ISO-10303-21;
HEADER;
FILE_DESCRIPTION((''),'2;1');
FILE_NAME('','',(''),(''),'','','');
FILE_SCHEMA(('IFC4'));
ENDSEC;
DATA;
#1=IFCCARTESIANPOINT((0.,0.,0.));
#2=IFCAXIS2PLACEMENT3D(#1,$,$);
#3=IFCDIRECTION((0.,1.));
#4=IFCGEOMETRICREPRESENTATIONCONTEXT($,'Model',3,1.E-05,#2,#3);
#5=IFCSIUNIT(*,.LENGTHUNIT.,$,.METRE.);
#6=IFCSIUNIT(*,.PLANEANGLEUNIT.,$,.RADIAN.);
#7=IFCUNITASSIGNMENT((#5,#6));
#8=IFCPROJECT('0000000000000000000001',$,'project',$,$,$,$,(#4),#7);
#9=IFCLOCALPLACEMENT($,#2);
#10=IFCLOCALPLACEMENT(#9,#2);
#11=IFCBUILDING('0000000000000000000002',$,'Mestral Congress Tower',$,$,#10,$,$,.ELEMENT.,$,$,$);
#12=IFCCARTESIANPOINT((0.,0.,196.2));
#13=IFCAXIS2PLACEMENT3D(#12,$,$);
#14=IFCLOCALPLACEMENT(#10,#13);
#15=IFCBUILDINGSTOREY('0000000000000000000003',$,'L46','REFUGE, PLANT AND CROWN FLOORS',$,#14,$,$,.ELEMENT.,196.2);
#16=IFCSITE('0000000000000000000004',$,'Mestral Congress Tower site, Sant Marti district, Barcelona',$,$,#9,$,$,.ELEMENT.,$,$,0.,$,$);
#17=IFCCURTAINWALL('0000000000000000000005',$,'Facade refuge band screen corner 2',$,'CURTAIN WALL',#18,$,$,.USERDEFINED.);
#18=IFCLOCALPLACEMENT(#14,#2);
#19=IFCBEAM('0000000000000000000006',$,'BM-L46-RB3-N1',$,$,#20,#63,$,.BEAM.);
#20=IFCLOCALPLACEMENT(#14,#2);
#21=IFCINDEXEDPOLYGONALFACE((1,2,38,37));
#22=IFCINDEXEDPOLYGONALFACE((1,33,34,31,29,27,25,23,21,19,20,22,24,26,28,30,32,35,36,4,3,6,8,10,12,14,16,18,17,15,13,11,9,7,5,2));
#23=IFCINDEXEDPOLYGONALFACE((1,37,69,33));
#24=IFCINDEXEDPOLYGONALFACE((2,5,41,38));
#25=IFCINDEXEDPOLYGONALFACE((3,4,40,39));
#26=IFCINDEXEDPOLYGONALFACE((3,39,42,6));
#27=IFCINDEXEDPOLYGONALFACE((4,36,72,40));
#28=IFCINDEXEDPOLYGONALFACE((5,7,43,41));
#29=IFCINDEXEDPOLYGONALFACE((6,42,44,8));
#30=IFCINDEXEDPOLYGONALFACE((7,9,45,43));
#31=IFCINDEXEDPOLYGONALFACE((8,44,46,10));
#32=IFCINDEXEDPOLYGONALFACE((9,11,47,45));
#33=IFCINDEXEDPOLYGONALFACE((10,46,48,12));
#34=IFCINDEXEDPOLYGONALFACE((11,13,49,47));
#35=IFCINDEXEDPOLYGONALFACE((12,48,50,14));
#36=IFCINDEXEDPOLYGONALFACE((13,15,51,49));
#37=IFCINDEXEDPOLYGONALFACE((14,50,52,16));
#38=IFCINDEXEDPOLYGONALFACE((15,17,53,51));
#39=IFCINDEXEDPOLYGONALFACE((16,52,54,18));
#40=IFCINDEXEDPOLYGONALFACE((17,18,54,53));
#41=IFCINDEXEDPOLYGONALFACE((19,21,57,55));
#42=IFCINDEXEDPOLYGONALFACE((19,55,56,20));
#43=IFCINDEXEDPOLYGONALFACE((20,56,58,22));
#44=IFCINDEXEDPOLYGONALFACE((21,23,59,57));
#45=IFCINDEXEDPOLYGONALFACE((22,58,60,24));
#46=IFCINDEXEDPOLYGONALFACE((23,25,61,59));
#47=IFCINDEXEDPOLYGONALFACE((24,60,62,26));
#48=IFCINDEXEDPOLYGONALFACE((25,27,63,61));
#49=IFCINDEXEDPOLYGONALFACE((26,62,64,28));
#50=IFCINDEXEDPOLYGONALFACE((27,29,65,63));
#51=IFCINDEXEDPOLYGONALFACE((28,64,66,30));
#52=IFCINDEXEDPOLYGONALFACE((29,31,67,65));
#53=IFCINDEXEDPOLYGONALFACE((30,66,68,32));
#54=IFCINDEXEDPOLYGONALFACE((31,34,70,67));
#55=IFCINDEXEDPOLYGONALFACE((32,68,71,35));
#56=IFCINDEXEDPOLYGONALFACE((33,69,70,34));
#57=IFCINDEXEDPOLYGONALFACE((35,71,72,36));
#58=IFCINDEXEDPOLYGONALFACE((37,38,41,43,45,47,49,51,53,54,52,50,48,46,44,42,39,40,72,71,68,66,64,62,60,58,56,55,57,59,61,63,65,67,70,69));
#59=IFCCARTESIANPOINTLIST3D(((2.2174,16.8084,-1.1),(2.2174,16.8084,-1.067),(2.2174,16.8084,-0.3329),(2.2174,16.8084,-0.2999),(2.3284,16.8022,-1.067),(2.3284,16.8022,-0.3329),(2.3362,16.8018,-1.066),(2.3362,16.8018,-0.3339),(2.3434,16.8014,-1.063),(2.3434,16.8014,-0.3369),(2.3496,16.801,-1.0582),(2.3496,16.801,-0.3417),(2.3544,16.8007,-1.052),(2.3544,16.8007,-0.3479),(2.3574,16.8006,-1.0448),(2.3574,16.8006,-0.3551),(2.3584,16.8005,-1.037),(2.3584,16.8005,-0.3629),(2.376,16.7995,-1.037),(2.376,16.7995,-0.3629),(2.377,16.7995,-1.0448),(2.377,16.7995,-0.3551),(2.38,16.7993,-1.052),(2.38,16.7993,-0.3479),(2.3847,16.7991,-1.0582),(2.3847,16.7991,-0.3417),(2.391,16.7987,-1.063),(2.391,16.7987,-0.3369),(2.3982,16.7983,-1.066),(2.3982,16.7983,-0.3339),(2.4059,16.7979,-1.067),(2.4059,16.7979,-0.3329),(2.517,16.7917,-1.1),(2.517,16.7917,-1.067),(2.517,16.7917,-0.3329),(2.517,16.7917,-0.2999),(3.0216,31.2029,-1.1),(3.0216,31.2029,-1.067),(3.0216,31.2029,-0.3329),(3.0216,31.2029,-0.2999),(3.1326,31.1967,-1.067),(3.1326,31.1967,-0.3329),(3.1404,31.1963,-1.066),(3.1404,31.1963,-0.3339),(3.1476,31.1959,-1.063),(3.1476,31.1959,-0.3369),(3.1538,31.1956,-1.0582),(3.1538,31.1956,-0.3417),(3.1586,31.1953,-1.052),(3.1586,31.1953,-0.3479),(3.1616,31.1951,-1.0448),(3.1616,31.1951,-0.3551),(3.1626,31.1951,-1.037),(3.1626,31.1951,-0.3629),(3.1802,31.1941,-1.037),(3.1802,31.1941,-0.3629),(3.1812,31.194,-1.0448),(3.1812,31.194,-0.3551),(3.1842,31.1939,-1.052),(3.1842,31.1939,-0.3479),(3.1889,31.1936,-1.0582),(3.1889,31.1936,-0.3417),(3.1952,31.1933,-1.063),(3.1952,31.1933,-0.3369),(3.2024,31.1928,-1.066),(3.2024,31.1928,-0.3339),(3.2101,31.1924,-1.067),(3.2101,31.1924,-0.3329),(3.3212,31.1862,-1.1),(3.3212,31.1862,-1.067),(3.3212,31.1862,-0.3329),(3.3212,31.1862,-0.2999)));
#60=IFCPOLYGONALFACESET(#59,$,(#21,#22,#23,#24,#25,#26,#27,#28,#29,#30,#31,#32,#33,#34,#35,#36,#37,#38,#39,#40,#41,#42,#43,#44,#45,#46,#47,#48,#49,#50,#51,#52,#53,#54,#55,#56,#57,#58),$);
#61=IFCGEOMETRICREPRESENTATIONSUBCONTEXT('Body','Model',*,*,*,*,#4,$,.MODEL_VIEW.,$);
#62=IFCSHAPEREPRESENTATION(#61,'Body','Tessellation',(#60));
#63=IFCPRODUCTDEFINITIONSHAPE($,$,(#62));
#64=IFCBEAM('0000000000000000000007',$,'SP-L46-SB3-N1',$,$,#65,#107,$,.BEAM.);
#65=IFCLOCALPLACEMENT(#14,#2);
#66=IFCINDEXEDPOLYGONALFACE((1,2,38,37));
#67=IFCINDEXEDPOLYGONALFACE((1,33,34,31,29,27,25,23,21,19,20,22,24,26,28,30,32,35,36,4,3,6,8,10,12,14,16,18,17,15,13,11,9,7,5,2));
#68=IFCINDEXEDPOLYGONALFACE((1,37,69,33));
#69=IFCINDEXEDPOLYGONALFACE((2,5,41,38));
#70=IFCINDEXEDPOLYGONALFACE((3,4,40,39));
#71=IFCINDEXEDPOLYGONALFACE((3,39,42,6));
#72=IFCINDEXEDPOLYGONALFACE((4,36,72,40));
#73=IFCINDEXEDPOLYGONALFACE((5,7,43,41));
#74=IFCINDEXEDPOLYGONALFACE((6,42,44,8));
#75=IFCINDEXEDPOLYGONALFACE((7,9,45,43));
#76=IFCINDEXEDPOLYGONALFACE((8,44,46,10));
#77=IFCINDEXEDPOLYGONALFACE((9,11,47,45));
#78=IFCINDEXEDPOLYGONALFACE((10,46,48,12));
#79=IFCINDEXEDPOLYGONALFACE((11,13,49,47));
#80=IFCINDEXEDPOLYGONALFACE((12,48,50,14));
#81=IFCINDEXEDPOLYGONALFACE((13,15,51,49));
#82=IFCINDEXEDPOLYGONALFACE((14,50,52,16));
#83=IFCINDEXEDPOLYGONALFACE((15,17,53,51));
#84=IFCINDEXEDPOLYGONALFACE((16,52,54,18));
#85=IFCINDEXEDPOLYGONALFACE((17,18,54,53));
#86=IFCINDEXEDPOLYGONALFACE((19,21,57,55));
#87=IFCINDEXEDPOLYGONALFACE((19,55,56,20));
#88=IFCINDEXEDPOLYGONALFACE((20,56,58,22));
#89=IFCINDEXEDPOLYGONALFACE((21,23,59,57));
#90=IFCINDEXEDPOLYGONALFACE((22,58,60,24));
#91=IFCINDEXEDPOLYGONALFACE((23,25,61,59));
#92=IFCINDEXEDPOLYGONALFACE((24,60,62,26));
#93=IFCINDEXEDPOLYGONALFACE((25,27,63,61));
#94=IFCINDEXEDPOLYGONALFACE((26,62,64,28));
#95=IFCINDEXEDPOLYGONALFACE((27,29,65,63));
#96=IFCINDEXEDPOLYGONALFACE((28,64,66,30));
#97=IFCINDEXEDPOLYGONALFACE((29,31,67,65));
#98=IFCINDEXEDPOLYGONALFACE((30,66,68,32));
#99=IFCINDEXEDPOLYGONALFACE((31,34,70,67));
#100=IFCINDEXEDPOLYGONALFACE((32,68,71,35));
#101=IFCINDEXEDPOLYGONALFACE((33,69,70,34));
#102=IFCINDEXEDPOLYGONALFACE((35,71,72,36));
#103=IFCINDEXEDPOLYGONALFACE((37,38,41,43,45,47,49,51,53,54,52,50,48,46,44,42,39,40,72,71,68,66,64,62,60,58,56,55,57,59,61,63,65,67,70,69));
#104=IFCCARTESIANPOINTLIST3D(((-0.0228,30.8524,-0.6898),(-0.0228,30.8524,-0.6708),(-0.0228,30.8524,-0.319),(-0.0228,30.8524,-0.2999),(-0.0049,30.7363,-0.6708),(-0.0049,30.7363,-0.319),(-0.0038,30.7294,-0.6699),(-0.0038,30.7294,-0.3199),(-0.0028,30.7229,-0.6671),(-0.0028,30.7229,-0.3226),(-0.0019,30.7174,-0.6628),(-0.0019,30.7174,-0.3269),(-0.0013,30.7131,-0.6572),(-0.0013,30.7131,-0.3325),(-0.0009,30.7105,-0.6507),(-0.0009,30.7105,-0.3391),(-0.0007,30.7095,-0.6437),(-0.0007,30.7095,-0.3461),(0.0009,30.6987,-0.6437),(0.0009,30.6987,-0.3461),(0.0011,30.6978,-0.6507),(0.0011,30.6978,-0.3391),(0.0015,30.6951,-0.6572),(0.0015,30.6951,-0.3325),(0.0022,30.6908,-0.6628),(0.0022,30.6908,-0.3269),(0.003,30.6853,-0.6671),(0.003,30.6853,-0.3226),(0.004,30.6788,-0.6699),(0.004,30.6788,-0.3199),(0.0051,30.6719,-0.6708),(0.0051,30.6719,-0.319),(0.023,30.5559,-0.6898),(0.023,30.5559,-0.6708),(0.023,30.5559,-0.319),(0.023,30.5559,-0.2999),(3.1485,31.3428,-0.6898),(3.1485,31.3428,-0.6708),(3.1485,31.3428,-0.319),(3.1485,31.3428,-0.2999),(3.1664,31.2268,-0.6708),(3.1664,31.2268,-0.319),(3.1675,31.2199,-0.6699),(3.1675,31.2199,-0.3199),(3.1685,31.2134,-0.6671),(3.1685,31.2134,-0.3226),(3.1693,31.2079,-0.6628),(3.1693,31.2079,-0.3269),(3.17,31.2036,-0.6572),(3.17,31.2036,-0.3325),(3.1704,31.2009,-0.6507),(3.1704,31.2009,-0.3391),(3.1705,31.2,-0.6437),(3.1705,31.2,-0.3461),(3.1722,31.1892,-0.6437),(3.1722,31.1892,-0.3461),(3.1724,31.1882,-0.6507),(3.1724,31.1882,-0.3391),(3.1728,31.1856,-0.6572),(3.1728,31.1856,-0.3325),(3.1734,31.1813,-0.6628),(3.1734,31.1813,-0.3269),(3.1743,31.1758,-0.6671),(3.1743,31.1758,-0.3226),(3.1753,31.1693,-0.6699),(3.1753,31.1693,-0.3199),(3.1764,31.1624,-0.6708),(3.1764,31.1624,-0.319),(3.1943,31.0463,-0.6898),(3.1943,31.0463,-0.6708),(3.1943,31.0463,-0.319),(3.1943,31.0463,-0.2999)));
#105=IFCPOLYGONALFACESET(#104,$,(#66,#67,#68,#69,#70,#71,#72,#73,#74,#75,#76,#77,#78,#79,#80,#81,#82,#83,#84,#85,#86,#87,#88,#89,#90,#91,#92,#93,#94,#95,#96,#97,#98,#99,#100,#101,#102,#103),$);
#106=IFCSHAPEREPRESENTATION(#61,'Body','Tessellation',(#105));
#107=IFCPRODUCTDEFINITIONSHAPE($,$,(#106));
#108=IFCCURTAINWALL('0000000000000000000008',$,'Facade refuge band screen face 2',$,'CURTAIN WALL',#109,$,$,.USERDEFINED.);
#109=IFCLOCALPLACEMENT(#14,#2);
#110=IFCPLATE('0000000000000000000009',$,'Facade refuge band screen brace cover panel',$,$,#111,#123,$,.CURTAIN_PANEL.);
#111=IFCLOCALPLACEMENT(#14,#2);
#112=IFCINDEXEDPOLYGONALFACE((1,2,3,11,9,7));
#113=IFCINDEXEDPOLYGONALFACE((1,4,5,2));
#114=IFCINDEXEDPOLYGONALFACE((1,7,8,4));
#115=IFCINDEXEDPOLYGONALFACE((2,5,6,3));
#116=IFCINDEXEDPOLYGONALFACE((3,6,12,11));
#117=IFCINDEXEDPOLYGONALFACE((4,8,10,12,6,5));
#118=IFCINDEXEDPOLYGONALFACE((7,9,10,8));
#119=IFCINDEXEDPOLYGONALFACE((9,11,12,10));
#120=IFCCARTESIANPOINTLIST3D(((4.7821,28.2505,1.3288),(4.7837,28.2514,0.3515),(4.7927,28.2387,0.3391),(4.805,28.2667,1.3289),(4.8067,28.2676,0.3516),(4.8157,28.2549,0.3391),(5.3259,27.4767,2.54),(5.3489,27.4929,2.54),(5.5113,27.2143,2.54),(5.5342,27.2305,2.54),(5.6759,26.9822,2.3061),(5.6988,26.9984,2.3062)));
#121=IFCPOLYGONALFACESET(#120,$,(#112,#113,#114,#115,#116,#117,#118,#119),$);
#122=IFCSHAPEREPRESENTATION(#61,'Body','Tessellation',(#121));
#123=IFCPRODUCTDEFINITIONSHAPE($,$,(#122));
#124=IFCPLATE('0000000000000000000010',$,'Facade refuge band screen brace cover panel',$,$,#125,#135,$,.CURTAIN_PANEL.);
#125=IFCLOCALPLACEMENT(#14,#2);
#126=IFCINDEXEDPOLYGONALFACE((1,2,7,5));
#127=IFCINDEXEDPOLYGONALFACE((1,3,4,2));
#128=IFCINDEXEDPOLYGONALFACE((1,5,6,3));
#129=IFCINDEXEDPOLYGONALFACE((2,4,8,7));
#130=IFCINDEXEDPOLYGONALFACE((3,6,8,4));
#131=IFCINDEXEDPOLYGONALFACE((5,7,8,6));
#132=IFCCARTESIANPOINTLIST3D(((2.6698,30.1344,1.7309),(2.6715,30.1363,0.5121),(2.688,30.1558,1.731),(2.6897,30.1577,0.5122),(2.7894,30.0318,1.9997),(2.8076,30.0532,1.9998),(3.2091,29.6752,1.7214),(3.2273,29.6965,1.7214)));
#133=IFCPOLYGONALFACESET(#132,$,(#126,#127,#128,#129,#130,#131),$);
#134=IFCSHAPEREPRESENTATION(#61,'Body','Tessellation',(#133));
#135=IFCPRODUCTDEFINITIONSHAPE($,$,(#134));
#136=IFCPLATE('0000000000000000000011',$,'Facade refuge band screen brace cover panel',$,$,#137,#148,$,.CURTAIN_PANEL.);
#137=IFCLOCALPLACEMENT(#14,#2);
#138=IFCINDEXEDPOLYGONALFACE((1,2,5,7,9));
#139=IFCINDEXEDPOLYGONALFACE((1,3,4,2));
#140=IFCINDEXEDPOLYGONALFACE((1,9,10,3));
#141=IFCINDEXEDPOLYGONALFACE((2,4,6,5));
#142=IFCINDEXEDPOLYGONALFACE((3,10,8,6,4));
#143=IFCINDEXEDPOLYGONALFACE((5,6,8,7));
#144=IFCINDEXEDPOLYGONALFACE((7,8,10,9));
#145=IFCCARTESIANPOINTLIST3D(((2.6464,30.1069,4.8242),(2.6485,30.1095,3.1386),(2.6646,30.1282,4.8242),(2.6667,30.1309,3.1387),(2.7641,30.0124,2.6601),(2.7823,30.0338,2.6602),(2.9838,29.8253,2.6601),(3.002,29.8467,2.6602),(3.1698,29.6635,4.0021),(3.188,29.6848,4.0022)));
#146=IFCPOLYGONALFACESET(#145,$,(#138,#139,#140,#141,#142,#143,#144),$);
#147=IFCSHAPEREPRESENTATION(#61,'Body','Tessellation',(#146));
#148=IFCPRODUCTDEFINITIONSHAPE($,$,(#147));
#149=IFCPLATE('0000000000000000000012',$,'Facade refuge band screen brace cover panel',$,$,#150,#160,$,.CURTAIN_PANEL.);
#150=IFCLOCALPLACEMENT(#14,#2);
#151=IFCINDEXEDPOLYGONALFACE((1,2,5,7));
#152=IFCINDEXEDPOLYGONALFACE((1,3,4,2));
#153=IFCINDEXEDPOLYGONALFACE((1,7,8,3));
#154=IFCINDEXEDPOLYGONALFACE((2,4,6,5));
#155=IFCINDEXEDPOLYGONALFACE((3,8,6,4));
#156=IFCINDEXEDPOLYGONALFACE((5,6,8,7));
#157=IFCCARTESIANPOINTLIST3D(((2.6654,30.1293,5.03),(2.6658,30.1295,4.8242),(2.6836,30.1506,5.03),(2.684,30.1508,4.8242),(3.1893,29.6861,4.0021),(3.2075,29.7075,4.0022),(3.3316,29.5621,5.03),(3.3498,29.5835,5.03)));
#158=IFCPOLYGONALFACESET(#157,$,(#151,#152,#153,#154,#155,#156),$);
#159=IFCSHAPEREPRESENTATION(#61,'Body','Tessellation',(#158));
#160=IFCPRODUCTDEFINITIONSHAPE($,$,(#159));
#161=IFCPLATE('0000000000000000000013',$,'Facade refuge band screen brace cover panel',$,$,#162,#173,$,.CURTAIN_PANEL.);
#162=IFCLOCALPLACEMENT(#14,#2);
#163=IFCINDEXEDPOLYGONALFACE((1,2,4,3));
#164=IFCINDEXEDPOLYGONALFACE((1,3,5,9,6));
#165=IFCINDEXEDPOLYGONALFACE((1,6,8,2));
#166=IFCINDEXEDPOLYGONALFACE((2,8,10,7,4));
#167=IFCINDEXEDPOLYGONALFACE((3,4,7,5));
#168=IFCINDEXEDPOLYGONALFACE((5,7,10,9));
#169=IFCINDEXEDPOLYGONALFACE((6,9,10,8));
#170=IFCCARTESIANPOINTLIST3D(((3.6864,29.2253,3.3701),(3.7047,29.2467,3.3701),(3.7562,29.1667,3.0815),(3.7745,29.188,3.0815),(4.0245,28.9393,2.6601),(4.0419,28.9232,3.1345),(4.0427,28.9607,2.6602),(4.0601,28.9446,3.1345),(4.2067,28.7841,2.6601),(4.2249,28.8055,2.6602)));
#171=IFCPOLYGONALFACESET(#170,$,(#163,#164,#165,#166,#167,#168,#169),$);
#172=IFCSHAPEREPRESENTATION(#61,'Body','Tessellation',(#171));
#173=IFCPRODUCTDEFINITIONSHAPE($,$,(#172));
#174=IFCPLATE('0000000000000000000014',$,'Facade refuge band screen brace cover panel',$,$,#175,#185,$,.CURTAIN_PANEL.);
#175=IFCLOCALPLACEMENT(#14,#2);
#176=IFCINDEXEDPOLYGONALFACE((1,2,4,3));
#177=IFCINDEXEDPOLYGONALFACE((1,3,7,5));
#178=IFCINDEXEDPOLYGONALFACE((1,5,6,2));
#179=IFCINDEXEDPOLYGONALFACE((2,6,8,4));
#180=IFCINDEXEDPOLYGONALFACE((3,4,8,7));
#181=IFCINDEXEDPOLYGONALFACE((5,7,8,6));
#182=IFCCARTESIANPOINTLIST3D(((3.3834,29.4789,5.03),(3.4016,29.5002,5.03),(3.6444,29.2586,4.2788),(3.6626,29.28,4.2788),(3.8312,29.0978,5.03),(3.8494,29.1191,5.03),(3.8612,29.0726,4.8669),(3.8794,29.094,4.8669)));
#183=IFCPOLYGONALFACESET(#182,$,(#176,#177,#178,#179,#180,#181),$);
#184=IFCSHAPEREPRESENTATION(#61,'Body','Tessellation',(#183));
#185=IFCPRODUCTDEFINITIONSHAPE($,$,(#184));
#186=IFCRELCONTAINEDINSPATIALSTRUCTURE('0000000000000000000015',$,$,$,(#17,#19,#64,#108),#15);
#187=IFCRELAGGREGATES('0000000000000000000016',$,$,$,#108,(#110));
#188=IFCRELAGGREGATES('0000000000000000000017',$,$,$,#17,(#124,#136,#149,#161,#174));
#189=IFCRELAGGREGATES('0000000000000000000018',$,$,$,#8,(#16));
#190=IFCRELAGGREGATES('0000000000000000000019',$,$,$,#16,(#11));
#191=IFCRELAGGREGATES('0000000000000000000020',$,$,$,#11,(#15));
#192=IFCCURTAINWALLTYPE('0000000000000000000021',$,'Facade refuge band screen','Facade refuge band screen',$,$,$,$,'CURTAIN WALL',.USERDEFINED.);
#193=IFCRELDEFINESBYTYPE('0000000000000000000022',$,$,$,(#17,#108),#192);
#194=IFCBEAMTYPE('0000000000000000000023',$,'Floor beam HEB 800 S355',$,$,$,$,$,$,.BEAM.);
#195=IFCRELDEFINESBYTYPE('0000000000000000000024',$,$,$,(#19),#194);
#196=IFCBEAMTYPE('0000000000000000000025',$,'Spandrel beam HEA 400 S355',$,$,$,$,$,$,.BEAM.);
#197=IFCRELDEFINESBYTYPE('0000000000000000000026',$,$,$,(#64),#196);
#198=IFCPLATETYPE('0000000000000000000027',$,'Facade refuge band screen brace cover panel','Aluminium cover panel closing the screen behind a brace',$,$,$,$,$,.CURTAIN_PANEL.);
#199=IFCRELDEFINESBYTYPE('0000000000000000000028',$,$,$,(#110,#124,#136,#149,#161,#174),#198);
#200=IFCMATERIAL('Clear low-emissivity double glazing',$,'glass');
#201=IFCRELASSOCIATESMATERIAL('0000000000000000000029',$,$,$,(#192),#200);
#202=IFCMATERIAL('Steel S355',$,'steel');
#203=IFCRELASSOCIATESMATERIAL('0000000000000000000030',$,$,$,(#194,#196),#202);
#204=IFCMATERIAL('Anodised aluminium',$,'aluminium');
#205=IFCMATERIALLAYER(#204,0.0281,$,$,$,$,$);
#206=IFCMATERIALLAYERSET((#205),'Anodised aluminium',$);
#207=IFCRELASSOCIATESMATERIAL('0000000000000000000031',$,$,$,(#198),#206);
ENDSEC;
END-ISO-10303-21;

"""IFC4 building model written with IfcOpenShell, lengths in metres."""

from ifc_helpers import new_model, si_unit, direction, frame, origin, origin_2d, place, context, subcontext, project, spatial, polyline, i_section, outline, extrude, material, layer, layer_set, material_profile, profile_set, type_object, element, aggregate, save


model = new_model("IFC4")

# Units and contexts
model_context = context("Model", 3, precision=1e-05, world=origin(), true_north=direction((0.0, 1.0)))
body_context = subcontext(model_context, "Body", "Model", "MODEL_VIEW")
ifc_project = project(units=[si_unit("LENGTHUNIT", "METRE"), si_unit("PLANEANGLEUNIT", "RADIAN")], contexts=[model_context])

# Site, building, storey
site_placement = place(None, origin())
site = spatial("IfcSite", under=ifc_project, at=site_placement, Name="Mestral Congress Tower site, Sant Marti district, Barcelona", CompositionType="ELEMENT", RefElevation=0.0)
building_placement = place(site_placement, origin())
building = spatial("IfcBuilding", under=site, at=building_placement, Name="Mestral Congress Tower", CompositionType="ELEMENT")
storey_placement = place(building_placement, frame((0.0, 0.0, 196.2)))
storey = spatial("IfcBuildingStorey", under=building, at=storey_placement, Name="L46", Description="REFUGE, PLANT AND CROWN FLOORS", CompositionType="ELEMENT", Elevation=196.2)

# Shared definitions
ifc_material_1 = material(Name="Steel S355", Category="steel")

# Curtain wall
ifc_material_2 = material(Name="Clear low-emissivity double glazing", Category="glass")
curtain_wall_type = type_object("IfcCurtainWallType", Name="Facade refuge band screen", Description="Facade refuge band screen", ElementType="CURTAIN WALL", PredefinedType="USERDEFINED", material=ifc_material_2)
placement = place(storey_placement, origin())
curtain_wall_1 = element("IfcCurtainWall", 1, at=placement, inside=storey, type_object=curtain_wall_type, Name="Facade refuge band screen corner 2", ObjectType="CURTAIN WALL", PredefinedType="USERDEFINED")
ifc_material_3 = material(Name="Anodised aluminium", Category="aluminium")

# Beams
ifc_material_profile_1 = material_profile(ifc_material_1, i_section(OverallWidth=0.3, OverallDepth=0.8, WebThickness=0.0176, FlangeThickness=0.033, FilletRadius=0.03, at=origin_2d()), Name="HEB 800")
ifc_profile_set_1 = profile_set([ifc_material_profile_1], Name="Steel S355")
beam_type_1 = type_object("IfcBeamType", Name="Floor beam HEB 800 S355", PredefinedType="BEAM", material=ifc_profile_set_1)
beam_1_placement = place(storey_placement, frame((3.1714, 31.1946, -0.7), z_axis=(-0.055781, -0.998443, 0.0), x_axis=(0.998443, -0.055781, 0.0)))
element("IfcBeam", 2, at=beam_1_placement, inside=storey, type_object=beam_type_1, Name="BM-L46-RB3-N1", PredefinedType="BEAM", context=body_context, shape_type="SweptSolid", body=[
    extrude(i_section(OverallWidth=0.3, OverallDepth=0.8, WebThickness=0.0176, FlangeThickness=0.033, FilletRadius=0.03, at=origin_2d()), origin(), (0.0, 0.0, 1.0), 14.417),
])
ifc_material_profile_2 = material_profile(ifc_material_1, i_section(OverallWidth=0.3, OverallDepth=0.3899, WebThickness=0.011, FlangeThickness=0.019, FilletRadius=0.0271, at=origin_2d()), Name="HEA 400")
ifc_profile_set_2 = profile_set([ifc_material_profile_2], Name="Steel S355")
beam_type_2 = type_object("IfcBeamType", Name="Spandrel beam HEA 400 S355", PredefinedType="BEAM", material=ifc_profile_set_2)
beam_2_placement = place(storey_placement, frame((3.1714, 31.1946, -0.4949), z_axis=(-0.988251, -0.15284, 0.0), x_axis=(0.15284, -0.988251, 0.0)))
element("IfcBeam", 3, at=beam_2_placement, inside=storey, type_object=beam_type_2, Name="SP-L46-SB3-N1", PredefinedType="BEAM", context=body_context, shape_type="SweptSolid", body=[
    extrude(i_section(OverallWidth=0.3, OverallDepth=0.3899, WebThickness=0.011, FlangeThickness=0.019, FilletRadius=0.0271, at=origin_2d()), origin(), (0.0, 0.0, 1.0), 3.209),
])

# Curtain wall, plate
curtain_wall_2 = element("IfcCurtainWall", 4, at=placement, inside=storey, type_object=curtain_wall_type, Name="Facade refuge band screen face 2", ObjectType="CURTAIN WALL", PredefinedType="USERDEFINED")
ifc_layer_1 = layer(ifc_material_3, 0.0281)
ifc_layer_set_1 = layer_set([ifc_layer_1], Name="Anodised aluminium")
plate_type_1 = type_object("IfcPlateType", Name="Facade refuge band screen brace cover panel", Description="Aluminium cover panel closing the screen behind a brace", PredefinedType="CURTAIN_PANEL", material=ifc_layer_set_1)
plate_1_placement = place(storey_placement, frame((4.8157, 28.2549, 0.3391), z_axis=(0.816723, 0.577027, 0.001913), x_axis=(0.353881, -0.503495, 0.788201)))
plate_1 = element("IfcPlate", 5, at=plate_1_placement, type_object=plate_type_1, Name="Facade refuge band screen brace cover panel", PredefinedType="CURTAIN_PANEL", context=body_context, shape_type="SweptSolid", body=[
    extrude(outline(polyline([(0.0, 0.0), (2.4956, 0.0), (2.5048, -0.3682), (2.3071, -0.6215), (0.7704, -0.6215), (0.0002, -0.0199), (0.0, 0.0)])), origin(), (0.0, 0.0, -1.0), 0.0281),
])
aggregate(curtain_wall_2, [plate_1])

# Plates
plate_2_placement = place(storey_placement, frame((2.688, 30.1558, 1.731), z_axis=(0.648338, 0.761349, 0.002086), x_axis=(0.001374, 0.00157, -0.999998)))
plate_2 = element("IfcPlate", 6, at=plate_2_placement, type_object=plate_type_1, Name="Facade refuge band screen brace cover panel", PredefinedType="CURTAIN_PANEL", context=body_context, shape_type="SweptSolid", body=[
    extrude(outline(polyline([(0.0, 0.0), (1.2188, 0.0), (0.0095, -0.7083), (-0.2688, -0.1576), (0.0, 0.0)])), origin(), (0.0, 0.0, -1.0), 0.0281),
])
plate_3_placement = place(storey_placement, frame((2.6667, 30.1309, 3.1387), z_axis=(0.648231, 0.761441, 0.002006), x_axis=(0.230268, -0.19352, -0.953691)))
plate_3 = element("IfcPlate", 7, at=plate_3_placement, type_object=plate_type_1, Name="Facade refuge band screen brace cover panel", PredefinedType="CURTAIN_PANEL", context=body_context, shape_type="SweptSolid", body=[
    extrude(outline(polyline([(0.0, 0.0), (0.5018, 0.0), (0.5885, -0.2752), (-0.6172, -0.914), (-1.6075, -0.507), (0.0, 0.0)])), origin(), (0.0, 0.0, -1.0), 0.0281),
])
plate_4_placement = place(storey_placement, frame((2.6836, 30.1506, 5.03), z_axis=(0.648239, 0.761434, 0.002166), x_axis=(0.002194, 0.000976, -0.999997)))
plate_4 = element("IfcPlate", 8, at=plate_4_placement, type_object=plate_type_1, Name="Facade refuge band screen brace cover panel", PredefinedType="CURTAIN_PANEL", context=body_context, shape_type="SweptSolid", body=[
    extrude(outline(polyline([(0.0, 0.0), (0.2058, 0.0), (1.0285, -0.6851), (0.0009, -0.875), (0.0, 0.0)])), origin(), (0.0, 0.0, -1.0), 0.0281),
])
plate_5_placement = place(storey_placement, frame((4.0601, 28.9446, 3.1345), z_axis=(0.64847, 0.761237, 0.002195), x_axis=(-0.680123, 0.578072, 0.45085)))
plate_5 = element("IfcPlate", 9, at=plate_5_placement, type_object=plate_type_1, Name="Facade refuge band screen brace cover panel", PredefinedType="CURTAIN_PANEL", context=body_context, shape_type="SweptSolid", body=[
    extrude(outline(polyline([(0.0, 0.0), (0.5226, 0.0), (0.3111, -0.2165), (-0.1928, -0.4341), (-0.4064, -0.3262), (0.0, 0.0)])), origin(), (0.0, 0.0, -1.0), 0.0281),
])
plate_6_placement = place(storey_placement, frame((3.4016, 29.5002, 5.03), z_axis=(0.648157, 0.761504, 0.001947), x_axis=(0.316271, -0.266868, -0.910359)))
plate_6 = element("IfcPlate", 10, at=plate_6_placement, type_object=plate_type_1, Name="Facade refuge band screen brace cover panel", PredefinedType="CURTAIN_PANEL", context=body_context, shape_type="SweptSolid", body=[
    extrude(outline(polyline([(0.0, 0.0), (0.8252, 0.0), (0.408, -0.5034), (0.2433, -0.5353), (0.0, 0.0)])), origin(), (0.0, 0.0, -1.0), 0.0281),
])

aggregate(curtain_wall_1, [plate_2, plate_3, plate_4, plate_5, plate_6])

save(model, "model.ifc")
